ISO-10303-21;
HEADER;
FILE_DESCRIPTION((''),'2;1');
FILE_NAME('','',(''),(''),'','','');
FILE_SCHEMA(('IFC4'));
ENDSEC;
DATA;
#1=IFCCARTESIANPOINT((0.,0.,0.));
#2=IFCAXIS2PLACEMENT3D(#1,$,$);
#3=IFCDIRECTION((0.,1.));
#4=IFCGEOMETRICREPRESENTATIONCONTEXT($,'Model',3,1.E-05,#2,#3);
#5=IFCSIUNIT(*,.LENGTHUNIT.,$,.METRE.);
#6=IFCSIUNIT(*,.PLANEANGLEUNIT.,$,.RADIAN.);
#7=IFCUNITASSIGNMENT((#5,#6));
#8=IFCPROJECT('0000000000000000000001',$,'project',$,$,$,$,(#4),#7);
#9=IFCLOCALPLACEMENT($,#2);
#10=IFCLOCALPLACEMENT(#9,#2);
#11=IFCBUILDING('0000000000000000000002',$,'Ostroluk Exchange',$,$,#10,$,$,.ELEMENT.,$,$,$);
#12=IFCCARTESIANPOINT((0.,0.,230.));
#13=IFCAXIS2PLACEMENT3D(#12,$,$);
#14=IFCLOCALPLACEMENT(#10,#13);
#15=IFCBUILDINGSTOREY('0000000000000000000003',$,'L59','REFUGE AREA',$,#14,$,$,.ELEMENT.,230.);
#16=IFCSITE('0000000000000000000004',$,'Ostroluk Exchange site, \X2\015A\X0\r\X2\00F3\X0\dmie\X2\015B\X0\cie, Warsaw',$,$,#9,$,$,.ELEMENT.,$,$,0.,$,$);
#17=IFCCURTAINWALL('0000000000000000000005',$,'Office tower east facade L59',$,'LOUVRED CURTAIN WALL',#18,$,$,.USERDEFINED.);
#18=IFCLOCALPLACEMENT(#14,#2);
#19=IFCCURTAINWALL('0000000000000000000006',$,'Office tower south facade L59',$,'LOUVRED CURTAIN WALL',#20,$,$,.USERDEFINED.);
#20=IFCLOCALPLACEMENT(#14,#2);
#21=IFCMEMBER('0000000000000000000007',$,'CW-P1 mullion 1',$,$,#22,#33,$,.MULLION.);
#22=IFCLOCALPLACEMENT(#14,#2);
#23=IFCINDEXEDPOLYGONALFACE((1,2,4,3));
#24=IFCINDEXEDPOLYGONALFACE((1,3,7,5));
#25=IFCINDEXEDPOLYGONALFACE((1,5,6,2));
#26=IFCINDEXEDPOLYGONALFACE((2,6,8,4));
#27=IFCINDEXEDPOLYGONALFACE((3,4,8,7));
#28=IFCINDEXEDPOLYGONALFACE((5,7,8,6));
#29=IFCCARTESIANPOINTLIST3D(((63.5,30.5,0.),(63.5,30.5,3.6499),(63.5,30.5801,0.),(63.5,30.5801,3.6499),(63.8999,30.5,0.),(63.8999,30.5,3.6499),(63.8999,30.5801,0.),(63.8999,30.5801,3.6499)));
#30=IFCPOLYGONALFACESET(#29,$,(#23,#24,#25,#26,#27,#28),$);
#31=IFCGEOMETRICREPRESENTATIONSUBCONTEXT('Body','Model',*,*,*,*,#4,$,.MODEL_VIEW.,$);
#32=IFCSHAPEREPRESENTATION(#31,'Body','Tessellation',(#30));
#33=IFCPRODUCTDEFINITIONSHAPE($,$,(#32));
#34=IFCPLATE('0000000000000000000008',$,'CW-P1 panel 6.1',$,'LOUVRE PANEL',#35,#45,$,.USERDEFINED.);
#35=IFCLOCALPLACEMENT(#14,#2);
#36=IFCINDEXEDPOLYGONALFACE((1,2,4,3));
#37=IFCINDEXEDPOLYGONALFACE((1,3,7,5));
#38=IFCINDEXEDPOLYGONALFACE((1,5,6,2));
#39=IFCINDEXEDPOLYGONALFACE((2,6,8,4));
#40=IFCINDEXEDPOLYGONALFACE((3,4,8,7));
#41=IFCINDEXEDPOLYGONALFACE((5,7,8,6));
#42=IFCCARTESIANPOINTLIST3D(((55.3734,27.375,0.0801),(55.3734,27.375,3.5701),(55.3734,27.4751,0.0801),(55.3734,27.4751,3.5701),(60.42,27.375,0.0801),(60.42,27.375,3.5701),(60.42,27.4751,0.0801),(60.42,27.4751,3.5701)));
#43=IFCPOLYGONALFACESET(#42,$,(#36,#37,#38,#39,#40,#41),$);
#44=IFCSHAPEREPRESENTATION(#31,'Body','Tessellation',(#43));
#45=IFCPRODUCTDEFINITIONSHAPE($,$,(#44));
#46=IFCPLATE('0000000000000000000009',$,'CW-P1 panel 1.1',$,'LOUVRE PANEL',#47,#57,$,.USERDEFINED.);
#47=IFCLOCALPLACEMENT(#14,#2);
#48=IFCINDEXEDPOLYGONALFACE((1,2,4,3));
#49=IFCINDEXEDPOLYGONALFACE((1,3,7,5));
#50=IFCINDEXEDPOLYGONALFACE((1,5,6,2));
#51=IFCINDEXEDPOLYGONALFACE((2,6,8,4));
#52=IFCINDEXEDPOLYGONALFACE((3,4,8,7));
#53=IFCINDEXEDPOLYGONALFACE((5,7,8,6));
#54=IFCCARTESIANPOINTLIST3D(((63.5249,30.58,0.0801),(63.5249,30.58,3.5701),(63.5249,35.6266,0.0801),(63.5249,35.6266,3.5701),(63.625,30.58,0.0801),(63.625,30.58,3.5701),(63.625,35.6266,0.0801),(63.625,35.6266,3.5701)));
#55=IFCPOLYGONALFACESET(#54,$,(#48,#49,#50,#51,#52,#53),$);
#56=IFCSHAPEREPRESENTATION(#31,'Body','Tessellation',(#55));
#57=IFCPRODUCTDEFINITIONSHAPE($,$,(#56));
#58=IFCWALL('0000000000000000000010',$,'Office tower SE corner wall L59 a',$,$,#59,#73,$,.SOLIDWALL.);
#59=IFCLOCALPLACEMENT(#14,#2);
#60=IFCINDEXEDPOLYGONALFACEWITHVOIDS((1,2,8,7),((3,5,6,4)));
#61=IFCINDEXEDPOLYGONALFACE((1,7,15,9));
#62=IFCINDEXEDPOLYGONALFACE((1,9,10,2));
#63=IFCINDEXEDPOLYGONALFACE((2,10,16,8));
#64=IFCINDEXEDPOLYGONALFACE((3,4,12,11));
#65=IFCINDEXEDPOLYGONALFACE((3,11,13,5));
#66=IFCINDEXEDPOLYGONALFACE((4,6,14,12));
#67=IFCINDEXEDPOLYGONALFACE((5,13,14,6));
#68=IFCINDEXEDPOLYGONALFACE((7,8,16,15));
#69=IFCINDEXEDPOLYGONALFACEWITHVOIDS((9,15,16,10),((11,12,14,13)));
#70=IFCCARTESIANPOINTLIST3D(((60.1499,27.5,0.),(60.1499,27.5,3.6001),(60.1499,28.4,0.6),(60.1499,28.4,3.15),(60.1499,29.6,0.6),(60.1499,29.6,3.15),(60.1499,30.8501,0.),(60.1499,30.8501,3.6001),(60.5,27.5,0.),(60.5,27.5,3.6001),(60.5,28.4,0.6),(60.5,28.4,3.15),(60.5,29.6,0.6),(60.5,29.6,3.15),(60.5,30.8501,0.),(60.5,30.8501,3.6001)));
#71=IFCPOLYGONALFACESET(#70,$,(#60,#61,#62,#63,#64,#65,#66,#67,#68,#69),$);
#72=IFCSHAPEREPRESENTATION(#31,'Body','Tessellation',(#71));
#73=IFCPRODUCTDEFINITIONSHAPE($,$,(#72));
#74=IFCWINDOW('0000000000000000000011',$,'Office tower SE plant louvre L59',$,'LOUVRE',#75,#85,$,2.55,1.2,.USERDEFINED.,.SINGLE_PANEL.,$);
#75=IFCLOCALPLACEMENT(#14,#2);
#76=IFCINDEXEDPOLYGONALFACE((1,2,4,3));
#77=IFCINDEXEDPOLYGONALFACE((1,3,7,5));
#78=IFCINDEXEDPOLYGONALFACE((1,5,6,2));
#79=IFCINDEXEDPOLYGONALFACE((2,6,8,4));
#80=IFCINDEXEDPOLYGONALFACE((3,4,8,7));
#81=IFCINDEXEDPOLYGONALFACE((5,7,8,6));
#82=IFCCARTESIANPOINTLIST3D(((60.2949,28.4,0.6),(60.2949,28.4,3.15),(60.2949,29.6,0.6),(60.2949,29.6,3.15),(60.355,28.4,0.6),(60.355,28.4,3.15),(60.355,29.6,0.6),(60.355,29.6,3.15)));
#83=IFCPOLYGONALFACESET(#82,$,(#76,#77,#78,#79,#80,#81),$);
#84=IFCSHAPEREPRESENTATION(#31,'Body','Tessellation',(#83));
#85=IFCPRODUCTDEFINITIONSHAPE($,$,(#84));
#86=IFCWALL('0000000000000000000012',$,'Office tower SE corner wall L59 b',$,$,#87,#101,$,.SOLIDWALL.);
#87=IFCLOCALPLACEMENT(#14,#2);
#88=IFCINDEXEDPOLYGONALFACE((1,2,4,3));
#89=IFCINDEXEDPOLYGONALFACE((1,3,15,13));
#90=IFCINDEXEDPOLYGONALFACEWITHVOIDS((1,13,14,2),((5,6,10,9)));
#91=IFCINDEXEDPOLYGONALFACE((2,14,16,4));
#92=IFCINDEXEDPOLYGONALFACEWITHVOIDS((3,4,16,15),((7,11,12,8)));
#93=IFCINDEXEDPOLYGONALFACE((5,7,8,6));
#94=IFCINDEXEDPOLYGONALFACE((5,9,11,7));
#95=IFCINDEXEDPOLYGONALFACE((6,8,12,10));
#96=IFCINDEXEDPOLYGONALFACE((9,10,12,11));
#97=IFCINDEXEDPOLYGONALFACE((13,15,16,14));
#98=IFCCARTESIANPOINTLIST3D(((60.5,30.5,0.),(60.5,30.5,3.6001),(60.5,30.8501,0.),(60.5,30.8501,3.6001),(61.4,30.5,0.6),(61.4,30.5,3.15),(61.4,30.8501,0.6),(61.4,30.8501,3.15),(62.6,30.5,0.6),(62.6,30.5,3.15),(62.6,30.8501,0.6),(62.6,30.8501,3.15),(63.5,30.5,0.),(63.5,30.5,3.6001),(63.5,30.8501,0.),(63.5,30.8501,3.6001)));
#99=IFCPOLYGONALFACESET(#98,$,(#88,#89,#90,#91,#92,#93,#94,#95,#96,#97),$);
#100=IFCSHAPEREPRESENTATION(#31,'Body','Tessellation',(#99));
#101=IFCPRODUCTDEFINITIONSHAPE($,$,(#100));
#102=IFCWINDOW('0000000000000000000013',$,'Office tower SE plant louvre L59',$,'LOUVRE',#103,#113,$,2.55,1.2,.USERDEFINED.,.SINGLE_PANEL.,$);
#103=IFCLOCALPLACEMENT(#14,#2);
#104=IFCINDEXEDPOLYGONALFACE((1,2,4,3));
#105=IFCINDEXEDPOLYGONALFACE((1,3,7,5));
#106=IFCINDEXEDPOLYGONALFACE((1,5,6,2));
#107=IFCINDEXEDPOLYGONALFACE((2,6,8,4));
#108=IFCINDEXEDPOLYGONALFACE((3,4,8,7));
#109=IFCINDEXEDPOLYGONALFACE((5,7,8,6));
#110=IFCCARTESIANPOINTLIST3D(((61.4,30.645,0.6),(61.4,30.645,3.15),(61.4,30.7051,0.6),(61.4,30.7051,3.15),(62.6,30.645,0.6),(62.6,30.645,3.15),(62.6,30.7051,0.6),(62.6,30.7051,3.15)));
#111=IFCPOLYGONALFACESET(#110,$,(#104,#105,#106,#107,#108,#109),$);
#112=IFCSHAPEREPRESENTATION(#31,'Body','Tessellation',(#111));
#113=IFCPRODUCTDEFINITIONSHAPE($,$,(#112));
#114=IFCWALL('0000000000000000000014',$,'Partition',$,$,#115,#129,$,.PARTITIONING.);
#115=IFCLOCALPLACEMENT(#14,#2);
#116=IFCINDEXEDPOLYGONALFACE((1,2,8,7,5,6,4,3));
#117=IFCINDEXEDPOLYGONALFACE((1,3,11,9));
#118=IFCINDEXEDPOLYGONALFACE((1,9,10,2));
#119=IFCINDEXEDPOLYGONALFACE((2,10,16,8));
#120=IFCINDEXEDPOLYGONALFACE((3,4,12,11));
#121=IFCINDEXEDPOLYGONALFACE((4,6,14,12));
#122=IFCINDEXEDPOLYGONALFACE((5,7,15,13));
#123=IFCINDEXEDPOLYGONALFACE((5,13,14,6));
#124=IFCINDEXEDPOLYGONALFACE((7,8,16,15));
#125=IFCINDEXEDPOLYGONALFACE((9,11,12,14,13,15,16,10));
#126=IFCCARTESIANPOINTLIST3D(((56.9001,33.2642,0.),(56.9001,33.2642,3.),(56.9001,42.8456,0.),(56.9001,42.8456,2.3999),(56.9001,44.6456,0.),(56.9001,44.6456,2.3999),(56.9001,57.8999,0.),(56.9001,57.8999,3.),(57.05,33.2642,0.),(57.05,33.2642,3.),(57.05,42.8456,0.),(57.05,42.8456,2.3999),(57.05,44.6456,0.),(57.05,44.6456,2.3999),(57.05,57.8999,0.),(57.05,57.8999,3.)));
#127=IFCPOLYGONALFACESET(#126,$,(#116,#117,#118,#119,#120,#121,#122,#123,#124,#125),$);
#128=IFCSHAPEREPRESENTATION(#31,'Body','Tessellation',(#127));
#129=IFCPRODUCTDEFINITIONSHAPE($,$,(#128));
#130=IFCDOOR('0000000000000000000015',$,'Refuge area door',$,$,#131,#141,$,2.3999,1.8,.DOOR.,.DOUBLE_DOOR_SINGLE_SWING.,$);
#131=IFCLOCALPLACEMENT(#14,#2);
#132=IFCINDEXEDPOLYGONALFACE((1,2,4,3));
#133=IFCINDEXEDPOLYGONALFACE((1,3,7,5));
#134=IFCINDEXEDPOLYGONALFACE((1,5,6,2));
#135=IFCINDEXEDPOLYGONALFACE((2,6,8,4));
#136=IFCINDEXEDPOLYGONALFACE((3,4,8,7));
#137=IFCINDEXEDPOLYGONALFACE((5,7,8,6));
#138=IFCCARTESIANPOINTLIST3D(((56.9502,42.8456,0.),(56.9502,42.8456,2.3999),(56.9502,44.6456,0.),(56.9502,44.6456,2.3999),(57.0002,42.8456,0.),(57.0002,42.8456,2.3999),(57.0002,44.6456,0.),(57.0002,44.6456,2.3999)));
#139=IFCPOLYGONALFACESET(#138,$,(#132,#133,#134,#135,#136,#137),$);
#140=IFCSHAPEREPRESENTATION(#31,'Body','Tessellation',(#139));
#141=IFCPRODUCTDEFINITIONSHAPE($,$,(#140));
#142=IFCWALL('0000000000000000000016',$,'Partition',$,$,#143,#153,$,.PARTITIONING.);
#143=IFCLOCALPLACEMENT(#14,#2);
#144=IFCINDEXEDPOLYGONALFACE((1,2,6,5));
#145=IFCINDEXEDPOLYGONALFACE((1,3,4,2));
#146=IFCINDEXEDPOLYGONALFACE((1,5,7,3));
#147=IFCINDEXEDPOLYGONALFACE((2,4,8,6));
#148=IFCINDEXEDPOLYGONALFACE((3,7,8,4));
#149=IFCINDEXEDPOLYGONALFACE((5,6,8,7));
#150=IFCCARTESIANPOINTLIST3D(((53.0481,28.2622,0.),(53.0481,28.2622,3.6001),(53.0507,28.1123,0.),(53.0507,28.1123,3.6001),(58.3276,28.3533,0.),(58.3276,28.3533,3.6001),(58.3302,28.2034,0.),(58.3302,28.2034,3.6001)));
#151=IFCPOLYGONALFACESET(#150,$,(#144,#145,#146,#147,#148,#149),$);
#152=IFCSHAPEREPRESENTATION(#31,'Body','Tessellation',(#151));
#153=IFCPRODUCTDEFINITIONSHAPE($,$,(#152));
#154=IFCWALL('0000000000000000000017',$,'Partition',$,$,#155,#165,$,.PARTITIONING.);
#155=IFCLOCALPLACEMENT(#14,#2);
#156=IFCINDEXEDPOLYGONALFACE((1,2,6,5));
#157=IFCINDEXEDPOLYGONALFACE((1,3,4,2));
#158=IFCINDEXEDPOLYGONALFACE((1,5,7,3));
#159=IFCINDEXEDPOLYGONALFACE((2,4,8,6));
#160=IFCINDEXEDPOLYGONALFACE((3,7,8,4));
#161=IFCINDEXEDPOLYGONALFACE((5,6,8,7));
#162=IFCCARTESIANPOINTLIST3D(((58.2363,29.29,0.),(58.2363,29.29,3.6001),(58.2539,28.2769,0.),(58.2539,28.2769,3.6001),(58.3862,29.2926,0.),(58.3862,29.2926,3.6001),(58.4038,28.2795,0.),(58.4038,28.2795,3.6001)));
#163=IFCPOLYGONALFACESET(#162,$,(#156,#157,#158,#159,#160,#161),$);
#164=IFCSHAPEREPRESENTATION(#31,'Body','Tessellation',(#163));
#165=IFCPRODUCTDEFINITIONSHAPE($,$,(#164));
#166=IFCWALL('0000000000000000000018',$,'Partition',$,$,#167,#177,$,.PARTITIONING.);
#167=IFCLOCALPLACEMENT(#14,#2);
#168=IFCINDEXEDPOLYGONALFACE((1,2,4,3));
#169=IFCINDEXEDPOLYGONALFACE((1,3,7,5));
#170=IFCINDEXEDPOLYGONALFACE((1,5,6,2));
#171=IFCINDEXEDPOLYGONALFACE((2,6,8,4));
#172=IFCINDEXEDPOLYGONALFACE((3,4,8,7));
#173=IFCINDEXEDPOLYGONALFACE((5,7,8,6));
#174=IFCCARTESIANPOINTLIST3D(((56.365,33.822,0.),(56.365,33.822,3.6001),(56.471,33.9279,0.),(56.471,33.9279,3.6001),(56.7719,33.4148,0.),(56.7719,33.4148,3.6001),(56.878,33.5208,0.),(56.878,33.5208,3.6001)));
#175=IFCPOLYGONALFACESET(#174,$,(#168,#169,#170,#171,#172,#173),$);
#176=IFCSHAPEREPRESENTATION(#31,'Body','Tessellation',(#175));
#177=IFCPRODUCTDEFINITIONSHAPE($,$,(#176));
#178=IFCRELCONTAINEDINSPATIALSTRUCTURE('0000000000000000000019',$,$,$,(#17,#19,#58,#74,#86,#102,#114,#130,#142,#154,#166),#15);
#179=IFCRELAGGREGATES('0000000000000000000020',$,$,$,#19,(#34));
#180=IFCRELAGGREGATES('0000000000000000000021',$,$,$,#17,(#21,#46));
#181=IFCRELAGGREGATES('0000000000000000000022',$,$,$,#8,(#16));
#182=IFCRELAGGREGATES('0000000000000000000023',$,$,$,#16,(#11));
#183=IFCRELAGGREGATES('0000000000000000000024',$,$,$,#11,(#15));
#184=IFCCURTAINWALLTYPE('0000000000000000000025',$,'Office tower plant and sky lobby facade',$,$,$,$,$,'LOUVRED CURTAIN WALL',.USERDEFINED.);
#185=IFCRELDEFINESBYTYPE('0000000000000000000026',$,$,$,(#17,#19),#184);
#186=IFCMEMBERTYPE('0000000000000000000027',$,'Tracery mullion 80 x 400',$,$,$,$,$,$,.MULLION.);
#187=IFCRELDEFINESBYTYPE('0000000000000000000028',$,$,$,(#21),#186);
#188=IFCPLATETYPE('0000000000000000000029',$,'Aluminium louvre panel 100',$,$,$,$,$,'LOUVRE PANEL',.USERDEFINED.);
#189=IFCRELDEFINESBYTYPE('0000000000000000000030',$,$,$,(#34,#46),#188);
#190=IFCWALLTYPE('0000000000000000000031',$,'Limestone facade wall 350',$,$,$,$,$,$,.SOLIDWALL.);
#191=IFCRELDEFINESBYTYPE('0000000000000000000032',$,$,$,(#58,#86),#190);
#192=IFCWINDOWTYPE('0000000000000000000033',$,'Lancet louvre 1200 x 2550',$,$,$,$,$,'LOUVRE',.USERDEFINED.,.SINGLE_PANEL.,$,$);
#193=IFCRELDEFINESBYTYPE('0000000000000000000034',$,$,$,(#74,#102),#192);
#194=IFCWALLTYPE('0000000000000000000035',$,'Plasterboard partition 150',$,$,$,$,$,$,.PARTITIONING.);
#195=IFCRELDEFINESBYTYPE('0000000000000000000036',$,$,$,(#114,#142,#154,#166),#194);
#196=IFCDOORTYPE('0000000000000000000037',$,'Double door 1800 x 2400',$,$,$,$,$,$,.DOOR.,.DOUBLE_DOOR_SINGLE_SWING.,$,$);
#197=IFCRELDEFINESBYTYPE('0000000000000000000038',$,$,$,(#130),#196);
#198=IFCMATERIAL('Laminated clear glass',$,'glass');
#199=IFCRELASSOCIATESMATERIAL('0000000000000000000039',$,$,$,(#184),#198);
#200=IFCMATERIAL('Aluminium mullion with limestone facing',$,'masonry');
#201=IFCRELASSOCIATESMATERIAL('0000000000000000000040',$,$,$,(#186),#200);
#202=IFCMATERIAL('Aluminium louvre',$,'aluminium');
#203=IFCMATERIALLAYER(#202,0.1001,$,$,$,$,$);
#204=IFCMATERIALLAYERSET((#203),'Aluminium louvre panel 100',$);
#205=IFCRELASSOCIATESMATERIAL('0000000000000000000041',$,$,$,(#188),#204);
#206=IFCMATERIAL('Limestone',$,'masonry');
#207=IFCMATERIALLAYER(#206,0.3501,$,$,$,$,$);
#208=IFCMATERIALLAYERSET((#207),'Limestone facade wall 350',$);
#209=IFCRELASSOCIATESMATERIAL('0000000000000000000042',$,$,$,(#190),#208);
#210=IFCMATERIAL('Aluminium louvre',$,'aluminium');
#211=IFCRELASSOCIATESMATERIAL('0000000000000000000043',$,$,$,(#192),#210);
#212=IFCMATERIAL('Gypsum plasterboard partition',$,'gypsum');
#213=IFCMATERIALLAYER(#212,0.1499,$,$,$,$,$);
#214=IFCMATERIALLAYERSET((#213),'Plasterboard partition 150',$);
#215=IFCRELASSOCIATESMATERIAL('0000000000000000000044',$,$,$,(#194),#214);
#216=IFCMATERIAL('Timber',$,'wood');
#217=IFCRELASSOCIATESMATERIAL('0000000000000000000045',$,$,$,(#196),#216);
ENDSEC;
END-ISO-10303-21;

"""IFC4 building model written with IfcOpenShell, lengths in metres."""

from ifc_helpers import new_model, si_unit, direction, frame, frame_2d, origin, origin_2d, place, context, subcontext, project, spatial, rectangle, extrude, material, layer, layer_set, material_profile, profile_set, type_object, element, fill, aggregate, save


model = new_model("IFC4")

# Units and contexts
model_context = context("Model", 3, precision=1e-05, world=origin(), true_north=direction((0.0, 1.0)))
body_context = subcontext(model_context, "Body", "Model", "MODEL_VIEW")
ifc_project = project(units=[si_unit("LENGTHUNIT", "METRE"), si_unit("PLANEANGLEUNIT", "RADIAN")], contexts=[model_context])

# Site, building, storey
site_placement = place(None, origin())
site = spatial("IfcSite", under=ifc_project, at=site_placement, Name="Ostroluk Exchange site, Śródmieście, Warsaw", CompositionType="ELEMENT", RefElevation=0.0)
building_placement = place(site_placement, origin())
building = spatial("IfcBuilding", under=site, at=building_placement, Name="Ostroluk Exchange", CompositionType="ELEMENT")
storey_placement = place(building_placement, frame((0.0, 0.0, 230.0)))
storey = spatial("IfcBuildingStorey", under=building, at=storey_placement, Name="L59", Description="REFUGE AREA", CompositionType="ELEMENT", Elevation=230.0)

# Curtain wall
ifc_material_1 = material(Name="Laminated clear glass", Category="glass")
curtain_wall_type = type_object("IfcCurtainWallType", Name="Office tower plant and sky lobby facade", ElementType="LOUVRED CURTAIN WALL", PredefinedType="USERDEFINED", material=ifc_material_1)
curtain_wall_1_placement = place(storey_placement, origin())
curtain_wall_1 = element("IfcCurtainWall", 1, at=curtain_wall_1_placement, inside=storey, type_object=curtain_wall_type, Name="Office tower east facade L59", ObjectType="LOUVRED CURTAIN WALL", PredefinedType="USERDEFINED")

# Curtain wall
curtain_wall_2_placement = place(storey_placement, origin())
curtain_wall_2 = element("IfcCurtainWall", 2, at=curtain_wall_2_placement, inside=storey, type_object=curtain_wall_type, Name="Office tower south facade L59", ObjectType="LOUVRED CURTAIN WALL", PredefinedType="USERDEFINED")
ifc_material_2 = material(Name="Aluminium mullion with limestone facing", Category="masonry")
ifc_material_profile_1 = material_profile(ifc_material_2, rectangle(XDim=0.3999, YDim=0.0801, at=origin_2d()), Name="Tracery mullion 80 x 400")
ifc_profile_set_1 = profile_set([ifc_material_profile_1], Name="Aluminium mullion with limestone facing")
member_type_1 = type_object("IfcMemberType", Name="Tracery mullion 80 x 400", PredefinedType="MULLION", material=ifc_profile_set_1)

# Member
member_1_placement = place(storey_placement, frame((63.7, 30.54, 0.0), z_axis=(0.0, 0.0, 1.0), x_axis=(-1.0, 0.0, 0.0)))
member_1 = element("IfcMember", 3, at=member_1_placement, type_object=member_type_1, Name="CW-P1 mullion 1", PredefinedType="MULLION", context=body_context, shape_type="SweptSolid", body=[
    extrude(rectangle(XDim=0.3999, YDim=0.0801, at=origin_2d()), origin(), (0.0, 0.0, 1.0), 3.6499),
])

# Plates
ifc_material_3 = material(Name="Aluminium louvre", Category="aluminium")
ifc_layer_1 = layer(ifc_material_3, 0.1001)
ifc_layer_set_1 = layer_set([ifc_layer_1], Name="Aluminium louvre panel 100")
plate_type = type_object("IfcPlateType", Name="Aluminium louvre panel 100", ElementType="LOUVRE PANEL", PredefinedType="USERDEFINED", material=ifc_layer_set_1)
plate_1_placement = place(storey_placement, frame((57.8967, 27.425, 0.0801), z_axis=(0.0, 0.0, 1.0), x_axis=(1.0, 0.0, 0.0)))
plate_1 = element("IfcPlate", 4, at=plate_1_placement, type_object=plate_type, Name="CW-P1 panel 6.1", ObjectType="LOUVRE PANEL", PredefinedType="USERDEFINED", context=body_context, shape_type="SweptSolid", body=[
    extrude(rectangle(XDim=5.0466, YDim=0.1001, at=origin_2d()), origin(), (0.0, 0.0, 1.0), 3.49),
])
aggregate(curtain_wall_2, [plate_1])
plate_2_placement = place(storey_placement, frame((63.575, 33.1033, 0.0801), z_axis=(0.0, 0.0, 1.0), x_axis=(0.0, 1.0, 0.0)))
plate_2 = element("IfcPlate", 5, at=plate_2_placement, type_object=plate_type, Name="CW-P1 panel 1.1", ObjectType="LOUVRE PANEL", PredefinedType="USERDEFINED", context=body_context, shape_type="SweptSolid", body=[
    extrude(rectangle(XDim=5.0466, YDim=0.1001, at=origin_2d()), origin(), (0.0, 0.0, 1.0), 3.49),
])
aggregate(curtain_wall_1, [member_1, plate_2])

# Walls, openings, windows
ifc_material_4 = material(Name="Limestone", Category="masonry")
ifc_layer_2 = layer(ifc_material_4, 0.3501)
ifc_layer_set_2 = layer_set([ifc_layer_2], Name="Limestone facade wall 350")
wall_type_1 = type_object("IfcWallType", Name="Limestone facade wall 350", PredefinedType="SOLIDWALL", material=ifc_layer_set_2)
wall_1_placement = place(storey_placement, frame((60.325, 27.5, 0.0), z_axis=(0.0, 0.0, 1.0), x_axis=(0.0, 1.0, 0.0)))
wall_1 = element("IfcWall", 6, at=wall_1_placement, inside=storey, type_object=wall_type_1, Name="Office tower SE corner wall L59 a", PredefinedType="SOLIDWALL", context=body_context, shape_type="SweptSolid", body=[
    extrude(rectangle(XDim=3.3501, YDim=0.3501, at=frame_2d((1.675, 0.0))), origin(), (0.0, 0.0, 1.0), 3.6001),
])
opening_1_placement = place(wall_1_placement, frame((0.8999, 0.0, 0.6001)))
opening_1 = element("IfcOpeningElement", 7, at=opening_1_placement, cuts=wall_1, PredefinedType="OPENING", context=body_context, shape_type="SweptSolid", body=[
    extrude(rectangle(XDim=1.2, YDim=2.55, at=frame_2d((0.6001, 1.2749))), frame((0.0, 0.1851, 0.0), z_axis=(0.0, -1.0, 0.0), x_axis=(1.0, 0.0, 0.0)), (0.0, 0.0, 1.0), 0.3701),
])
ifc_material_5 = material(Name="Aluminium louvre", Category="aluminium")
window_type = type_object("IfcWindowType", Name="Lancet louvre 1200 x 2550", ElementType="LOUVRE", PartitioningType="SINGLE_PANEL", PredefinedType="USERDEFINED", material=ifc_material_5)
window_1_placement = place(opening_1_placement, origin())
window_1 = element("IfcWindow", 8, at=window_1_placement, inside=storey, type_object=window_type, Name="Office tower SE plant louvre L59", ObjectType="LOUVRE", OverallHeight=2.55, OverallWidth=1.2, PartitioningType="SINGLE_PANEL", PredefinedType="USERDEFINED", context=body_context, shape_type="SweptSolid", body=[
    extrude(rectangle(XDim=1.2, YDim=2.55, at=frame_2d((0.6001, 1.2749))), frame((0.0, 0.03, 0.0), z_axis=(0.0, -1.0, 0.0), x_axis=(1.0, 0.0, 0.0)), (0.0, 0.0, 1.0), 0.0601),
])
fill(opening_1, window_1)
wall_2_placement = place(storey_placement, frame((60.5, 30.675, 0.0), z_axis=(0.0, 0.0, 1.0), x_axis=(1.0, 0.0, 0.0)))
wall_2 = element("IfcWall", 9, at=wall_2_placement, inside=storey, type_object=wall_type_1, Name="Office tower SE corner wall L59 b", PredefinedType="SOLIDWALL", context=body_context, shape_type="SweptSolid", body=[
    extrude(rectangle(XDim=3.0, YDim=0.3501, at=frame_2d((1.5, 0.0))), origin(), (0.0, 0.0, 1.0), 3.6001),
])
opening_2_placement = place(wall_2_placement, frame((0.8999, 0.0, 0.6001)))
opening_2 = element("IfcOpeningElement", 10, at=opening_2_placement, cuts=wall_2, PredefinedType="OPENING", context=body_context, shape_type="SweptSolid", body=[
    extrude(rectangle(XDim=1.2, YDim=2.55, at=frame_2d((0.6001, 1.2749))), frame((0.0, 0.1851, 0.0), z_axis=(0.0, -1.0, 0.0), x_axis=(1.0, 0.0, 0.0)), (0.0, 0.0, 1.0), 0.3701),
])
window_2_placement = place(opening_2_placement, origin())
window_2 = element("IfcWindow", 11, at=window_2_placement, inside=storey, type_object=window_type, Name="Office tower SE plant louvre L59", ObjectType="LOUVRE", OverallHeight=2.55, OverallWidth=1.2, PartitioningType="SINGLE_PANEL", PredefinedType="USERDEFINED", context=body_context, shape_type="SweptSolid", body=[
    extrude(rectangle(XDim=1.2, YDim=2.55, at=frame_2d((0.6001, 1.2749))), frame((0.0, 0.03, 0.0), z_axis=(0.0, -1.0, 0.0), x_axis=(1.0, 0.0, 0.0)), (0.0, 0.0, 1.0), 0.0601),
])
fill(opening_2, window_2)

# Wall, opening, door
ifc_material_6 = material(Name="Gypsum plasterboard partition", Category="gypsum")
ifc_layer_3 = layer(ifc_material_6, 0.1499)
ifc_layer_set_3 = layer_set([ifc_layer_3], Name="Plasterboard partition 150")
wall_type_2 = type_object("IfcWallType", Name="Plasterboard partition 150", PredefinedType="PARTITIONING", material=ifc_layer_set_3)
wall_3_placement = place(storey_placement, frame((56.9751, 33.2642, 0.0), z_axis=(0.0, 0.0, 1.0), x_axis=(0.0, 1.0, 0.0)))
wall_3 = element("IfcWall", 12, at=wall_3_placement, inside=storey, type_object=wall_type_2, Name="Partition", PredefinedType="PARTITIONING", context=body_context, shape_type="SweptSolid", body=[
    extrude(rectangle(XDim=24.6357, YDim=0.1499, at=frame_2d((12.3179, 0.0))), origin(), (0.0, 0.0, 1.0), 3.0),
])
opening_3_placement = place(wall_3_placement, frame((9.5815, 0.0, 0.0)))
opening_3 = element("IfcOpeningElement", 13, at=opening_3_placement, cuts=wall_3, PredefinedType="OPENING", context=body_context, shape_type="SweptSolid", body=[
    extrude(rectangle(XDim=1.8, YDim=2.3999, at=frame_2d((0.8999, 1.2))), frame((0.0, 0.085, 0.0), z_axis=(0.0, -1.0, 0.0), x_axis=(1.0, 0.0, 0.0)), (0.0, 0.0, 1.0), 0.1699),
])
ifc_material_7 = material(Name="Timber", Category="wood")
door_type = type_object("IfcDoorType", Name="Double door 1800 x 2400", OperationType="DOUBLE_DOOR_SINGLE_SWING", PredefinedType="DOOR", material=ifc_material_7)
door_placement = place(opening_3_placement, origin())
door = element("IfcDoor", 14, at=door_placement, inside=storey, type_object=door_type, Name="Refuge area door", OperationType="DOUBLE_DOOR_SINGLE_SWING", OverallHeight=2.3999, OverallWidth=1.8, PredefinedType="DOOR", context=body_context, shape_type="SweptSolid", body=[
    extrude(rectangle(XDim=1.8, YDim=2.3999, at=frame_2d((0.8999, 1.2))), frame((0.0, 0.0249, 0.0), z_axis=(0.0, -1.0, 0.0), x_axis=(1.0, 0.0, 0.0)), (0.0, 0.0, 1.0), 0.05),
])
fill(opening_3, door)

# Walls
wall_4_placement = place(storey_placement, frame((58.3289, 28.2783, 0.0), z_axis=(0.0, 0.0, 1.0), x_axis=(-0.999851, -0.017246, 0.0)))
element("IfcWall", 15, at=wall_4_placement, inside=storey, type_object=wall_type_2, Name="Partition", PredefinedType="PARTITIONING", context=body_context, shape_type="SweptSolid", body=[
    extrude(rectangle(XDim=5.2803, YDim=0.1499, at=frame_2d((2.6401, 0.0))), origin(), (0.0, 0.0, 1.0), 3.6001),
])
wall_5_placement = place(storey_placement, frame((58.3113, 29.2913, 0.0), z_axis=(0.0, 0.0, 1.0), x_axis=(0.017351, -0.999849, 0.0)))
element("IfcWall", 16, at=wall_5_placement, inside=storey, type_object=wall_type_2, Name="Partition", PredefinedType="PARTITIONING", context=body_context, shape_type="SweptSolid", body=[
    extrude(rectangle(XDim=1.0132, YDim=0.1499, at=frame_2d((0.5066, 0.0))), origin(), (0.0, 0.0, 1.0), 3.6001),
])
wall_6_placement = place(storey_placement, frame((56.825, 33.4678, 0.0), z_axis=(0.0, 0.0, 1.0), x_axis=(-0.706895, 0.707319, 0.0)))
element("IfcWall", 17, at=wall_6_placement, inside=storey, type_object=wall_type_2, Name="Partition", PredefinedType="PARTITIONING", context=body_context, shape_type="SweptSolid", body=[
    extrude(rectangle(XDim=0.5757, YDim=0.1499, at=frame_2d((0.2878, 0.0))), origin(), (0.0, 0.0, 1.0), 3.6001),
])

save(model, "model.ifc")
